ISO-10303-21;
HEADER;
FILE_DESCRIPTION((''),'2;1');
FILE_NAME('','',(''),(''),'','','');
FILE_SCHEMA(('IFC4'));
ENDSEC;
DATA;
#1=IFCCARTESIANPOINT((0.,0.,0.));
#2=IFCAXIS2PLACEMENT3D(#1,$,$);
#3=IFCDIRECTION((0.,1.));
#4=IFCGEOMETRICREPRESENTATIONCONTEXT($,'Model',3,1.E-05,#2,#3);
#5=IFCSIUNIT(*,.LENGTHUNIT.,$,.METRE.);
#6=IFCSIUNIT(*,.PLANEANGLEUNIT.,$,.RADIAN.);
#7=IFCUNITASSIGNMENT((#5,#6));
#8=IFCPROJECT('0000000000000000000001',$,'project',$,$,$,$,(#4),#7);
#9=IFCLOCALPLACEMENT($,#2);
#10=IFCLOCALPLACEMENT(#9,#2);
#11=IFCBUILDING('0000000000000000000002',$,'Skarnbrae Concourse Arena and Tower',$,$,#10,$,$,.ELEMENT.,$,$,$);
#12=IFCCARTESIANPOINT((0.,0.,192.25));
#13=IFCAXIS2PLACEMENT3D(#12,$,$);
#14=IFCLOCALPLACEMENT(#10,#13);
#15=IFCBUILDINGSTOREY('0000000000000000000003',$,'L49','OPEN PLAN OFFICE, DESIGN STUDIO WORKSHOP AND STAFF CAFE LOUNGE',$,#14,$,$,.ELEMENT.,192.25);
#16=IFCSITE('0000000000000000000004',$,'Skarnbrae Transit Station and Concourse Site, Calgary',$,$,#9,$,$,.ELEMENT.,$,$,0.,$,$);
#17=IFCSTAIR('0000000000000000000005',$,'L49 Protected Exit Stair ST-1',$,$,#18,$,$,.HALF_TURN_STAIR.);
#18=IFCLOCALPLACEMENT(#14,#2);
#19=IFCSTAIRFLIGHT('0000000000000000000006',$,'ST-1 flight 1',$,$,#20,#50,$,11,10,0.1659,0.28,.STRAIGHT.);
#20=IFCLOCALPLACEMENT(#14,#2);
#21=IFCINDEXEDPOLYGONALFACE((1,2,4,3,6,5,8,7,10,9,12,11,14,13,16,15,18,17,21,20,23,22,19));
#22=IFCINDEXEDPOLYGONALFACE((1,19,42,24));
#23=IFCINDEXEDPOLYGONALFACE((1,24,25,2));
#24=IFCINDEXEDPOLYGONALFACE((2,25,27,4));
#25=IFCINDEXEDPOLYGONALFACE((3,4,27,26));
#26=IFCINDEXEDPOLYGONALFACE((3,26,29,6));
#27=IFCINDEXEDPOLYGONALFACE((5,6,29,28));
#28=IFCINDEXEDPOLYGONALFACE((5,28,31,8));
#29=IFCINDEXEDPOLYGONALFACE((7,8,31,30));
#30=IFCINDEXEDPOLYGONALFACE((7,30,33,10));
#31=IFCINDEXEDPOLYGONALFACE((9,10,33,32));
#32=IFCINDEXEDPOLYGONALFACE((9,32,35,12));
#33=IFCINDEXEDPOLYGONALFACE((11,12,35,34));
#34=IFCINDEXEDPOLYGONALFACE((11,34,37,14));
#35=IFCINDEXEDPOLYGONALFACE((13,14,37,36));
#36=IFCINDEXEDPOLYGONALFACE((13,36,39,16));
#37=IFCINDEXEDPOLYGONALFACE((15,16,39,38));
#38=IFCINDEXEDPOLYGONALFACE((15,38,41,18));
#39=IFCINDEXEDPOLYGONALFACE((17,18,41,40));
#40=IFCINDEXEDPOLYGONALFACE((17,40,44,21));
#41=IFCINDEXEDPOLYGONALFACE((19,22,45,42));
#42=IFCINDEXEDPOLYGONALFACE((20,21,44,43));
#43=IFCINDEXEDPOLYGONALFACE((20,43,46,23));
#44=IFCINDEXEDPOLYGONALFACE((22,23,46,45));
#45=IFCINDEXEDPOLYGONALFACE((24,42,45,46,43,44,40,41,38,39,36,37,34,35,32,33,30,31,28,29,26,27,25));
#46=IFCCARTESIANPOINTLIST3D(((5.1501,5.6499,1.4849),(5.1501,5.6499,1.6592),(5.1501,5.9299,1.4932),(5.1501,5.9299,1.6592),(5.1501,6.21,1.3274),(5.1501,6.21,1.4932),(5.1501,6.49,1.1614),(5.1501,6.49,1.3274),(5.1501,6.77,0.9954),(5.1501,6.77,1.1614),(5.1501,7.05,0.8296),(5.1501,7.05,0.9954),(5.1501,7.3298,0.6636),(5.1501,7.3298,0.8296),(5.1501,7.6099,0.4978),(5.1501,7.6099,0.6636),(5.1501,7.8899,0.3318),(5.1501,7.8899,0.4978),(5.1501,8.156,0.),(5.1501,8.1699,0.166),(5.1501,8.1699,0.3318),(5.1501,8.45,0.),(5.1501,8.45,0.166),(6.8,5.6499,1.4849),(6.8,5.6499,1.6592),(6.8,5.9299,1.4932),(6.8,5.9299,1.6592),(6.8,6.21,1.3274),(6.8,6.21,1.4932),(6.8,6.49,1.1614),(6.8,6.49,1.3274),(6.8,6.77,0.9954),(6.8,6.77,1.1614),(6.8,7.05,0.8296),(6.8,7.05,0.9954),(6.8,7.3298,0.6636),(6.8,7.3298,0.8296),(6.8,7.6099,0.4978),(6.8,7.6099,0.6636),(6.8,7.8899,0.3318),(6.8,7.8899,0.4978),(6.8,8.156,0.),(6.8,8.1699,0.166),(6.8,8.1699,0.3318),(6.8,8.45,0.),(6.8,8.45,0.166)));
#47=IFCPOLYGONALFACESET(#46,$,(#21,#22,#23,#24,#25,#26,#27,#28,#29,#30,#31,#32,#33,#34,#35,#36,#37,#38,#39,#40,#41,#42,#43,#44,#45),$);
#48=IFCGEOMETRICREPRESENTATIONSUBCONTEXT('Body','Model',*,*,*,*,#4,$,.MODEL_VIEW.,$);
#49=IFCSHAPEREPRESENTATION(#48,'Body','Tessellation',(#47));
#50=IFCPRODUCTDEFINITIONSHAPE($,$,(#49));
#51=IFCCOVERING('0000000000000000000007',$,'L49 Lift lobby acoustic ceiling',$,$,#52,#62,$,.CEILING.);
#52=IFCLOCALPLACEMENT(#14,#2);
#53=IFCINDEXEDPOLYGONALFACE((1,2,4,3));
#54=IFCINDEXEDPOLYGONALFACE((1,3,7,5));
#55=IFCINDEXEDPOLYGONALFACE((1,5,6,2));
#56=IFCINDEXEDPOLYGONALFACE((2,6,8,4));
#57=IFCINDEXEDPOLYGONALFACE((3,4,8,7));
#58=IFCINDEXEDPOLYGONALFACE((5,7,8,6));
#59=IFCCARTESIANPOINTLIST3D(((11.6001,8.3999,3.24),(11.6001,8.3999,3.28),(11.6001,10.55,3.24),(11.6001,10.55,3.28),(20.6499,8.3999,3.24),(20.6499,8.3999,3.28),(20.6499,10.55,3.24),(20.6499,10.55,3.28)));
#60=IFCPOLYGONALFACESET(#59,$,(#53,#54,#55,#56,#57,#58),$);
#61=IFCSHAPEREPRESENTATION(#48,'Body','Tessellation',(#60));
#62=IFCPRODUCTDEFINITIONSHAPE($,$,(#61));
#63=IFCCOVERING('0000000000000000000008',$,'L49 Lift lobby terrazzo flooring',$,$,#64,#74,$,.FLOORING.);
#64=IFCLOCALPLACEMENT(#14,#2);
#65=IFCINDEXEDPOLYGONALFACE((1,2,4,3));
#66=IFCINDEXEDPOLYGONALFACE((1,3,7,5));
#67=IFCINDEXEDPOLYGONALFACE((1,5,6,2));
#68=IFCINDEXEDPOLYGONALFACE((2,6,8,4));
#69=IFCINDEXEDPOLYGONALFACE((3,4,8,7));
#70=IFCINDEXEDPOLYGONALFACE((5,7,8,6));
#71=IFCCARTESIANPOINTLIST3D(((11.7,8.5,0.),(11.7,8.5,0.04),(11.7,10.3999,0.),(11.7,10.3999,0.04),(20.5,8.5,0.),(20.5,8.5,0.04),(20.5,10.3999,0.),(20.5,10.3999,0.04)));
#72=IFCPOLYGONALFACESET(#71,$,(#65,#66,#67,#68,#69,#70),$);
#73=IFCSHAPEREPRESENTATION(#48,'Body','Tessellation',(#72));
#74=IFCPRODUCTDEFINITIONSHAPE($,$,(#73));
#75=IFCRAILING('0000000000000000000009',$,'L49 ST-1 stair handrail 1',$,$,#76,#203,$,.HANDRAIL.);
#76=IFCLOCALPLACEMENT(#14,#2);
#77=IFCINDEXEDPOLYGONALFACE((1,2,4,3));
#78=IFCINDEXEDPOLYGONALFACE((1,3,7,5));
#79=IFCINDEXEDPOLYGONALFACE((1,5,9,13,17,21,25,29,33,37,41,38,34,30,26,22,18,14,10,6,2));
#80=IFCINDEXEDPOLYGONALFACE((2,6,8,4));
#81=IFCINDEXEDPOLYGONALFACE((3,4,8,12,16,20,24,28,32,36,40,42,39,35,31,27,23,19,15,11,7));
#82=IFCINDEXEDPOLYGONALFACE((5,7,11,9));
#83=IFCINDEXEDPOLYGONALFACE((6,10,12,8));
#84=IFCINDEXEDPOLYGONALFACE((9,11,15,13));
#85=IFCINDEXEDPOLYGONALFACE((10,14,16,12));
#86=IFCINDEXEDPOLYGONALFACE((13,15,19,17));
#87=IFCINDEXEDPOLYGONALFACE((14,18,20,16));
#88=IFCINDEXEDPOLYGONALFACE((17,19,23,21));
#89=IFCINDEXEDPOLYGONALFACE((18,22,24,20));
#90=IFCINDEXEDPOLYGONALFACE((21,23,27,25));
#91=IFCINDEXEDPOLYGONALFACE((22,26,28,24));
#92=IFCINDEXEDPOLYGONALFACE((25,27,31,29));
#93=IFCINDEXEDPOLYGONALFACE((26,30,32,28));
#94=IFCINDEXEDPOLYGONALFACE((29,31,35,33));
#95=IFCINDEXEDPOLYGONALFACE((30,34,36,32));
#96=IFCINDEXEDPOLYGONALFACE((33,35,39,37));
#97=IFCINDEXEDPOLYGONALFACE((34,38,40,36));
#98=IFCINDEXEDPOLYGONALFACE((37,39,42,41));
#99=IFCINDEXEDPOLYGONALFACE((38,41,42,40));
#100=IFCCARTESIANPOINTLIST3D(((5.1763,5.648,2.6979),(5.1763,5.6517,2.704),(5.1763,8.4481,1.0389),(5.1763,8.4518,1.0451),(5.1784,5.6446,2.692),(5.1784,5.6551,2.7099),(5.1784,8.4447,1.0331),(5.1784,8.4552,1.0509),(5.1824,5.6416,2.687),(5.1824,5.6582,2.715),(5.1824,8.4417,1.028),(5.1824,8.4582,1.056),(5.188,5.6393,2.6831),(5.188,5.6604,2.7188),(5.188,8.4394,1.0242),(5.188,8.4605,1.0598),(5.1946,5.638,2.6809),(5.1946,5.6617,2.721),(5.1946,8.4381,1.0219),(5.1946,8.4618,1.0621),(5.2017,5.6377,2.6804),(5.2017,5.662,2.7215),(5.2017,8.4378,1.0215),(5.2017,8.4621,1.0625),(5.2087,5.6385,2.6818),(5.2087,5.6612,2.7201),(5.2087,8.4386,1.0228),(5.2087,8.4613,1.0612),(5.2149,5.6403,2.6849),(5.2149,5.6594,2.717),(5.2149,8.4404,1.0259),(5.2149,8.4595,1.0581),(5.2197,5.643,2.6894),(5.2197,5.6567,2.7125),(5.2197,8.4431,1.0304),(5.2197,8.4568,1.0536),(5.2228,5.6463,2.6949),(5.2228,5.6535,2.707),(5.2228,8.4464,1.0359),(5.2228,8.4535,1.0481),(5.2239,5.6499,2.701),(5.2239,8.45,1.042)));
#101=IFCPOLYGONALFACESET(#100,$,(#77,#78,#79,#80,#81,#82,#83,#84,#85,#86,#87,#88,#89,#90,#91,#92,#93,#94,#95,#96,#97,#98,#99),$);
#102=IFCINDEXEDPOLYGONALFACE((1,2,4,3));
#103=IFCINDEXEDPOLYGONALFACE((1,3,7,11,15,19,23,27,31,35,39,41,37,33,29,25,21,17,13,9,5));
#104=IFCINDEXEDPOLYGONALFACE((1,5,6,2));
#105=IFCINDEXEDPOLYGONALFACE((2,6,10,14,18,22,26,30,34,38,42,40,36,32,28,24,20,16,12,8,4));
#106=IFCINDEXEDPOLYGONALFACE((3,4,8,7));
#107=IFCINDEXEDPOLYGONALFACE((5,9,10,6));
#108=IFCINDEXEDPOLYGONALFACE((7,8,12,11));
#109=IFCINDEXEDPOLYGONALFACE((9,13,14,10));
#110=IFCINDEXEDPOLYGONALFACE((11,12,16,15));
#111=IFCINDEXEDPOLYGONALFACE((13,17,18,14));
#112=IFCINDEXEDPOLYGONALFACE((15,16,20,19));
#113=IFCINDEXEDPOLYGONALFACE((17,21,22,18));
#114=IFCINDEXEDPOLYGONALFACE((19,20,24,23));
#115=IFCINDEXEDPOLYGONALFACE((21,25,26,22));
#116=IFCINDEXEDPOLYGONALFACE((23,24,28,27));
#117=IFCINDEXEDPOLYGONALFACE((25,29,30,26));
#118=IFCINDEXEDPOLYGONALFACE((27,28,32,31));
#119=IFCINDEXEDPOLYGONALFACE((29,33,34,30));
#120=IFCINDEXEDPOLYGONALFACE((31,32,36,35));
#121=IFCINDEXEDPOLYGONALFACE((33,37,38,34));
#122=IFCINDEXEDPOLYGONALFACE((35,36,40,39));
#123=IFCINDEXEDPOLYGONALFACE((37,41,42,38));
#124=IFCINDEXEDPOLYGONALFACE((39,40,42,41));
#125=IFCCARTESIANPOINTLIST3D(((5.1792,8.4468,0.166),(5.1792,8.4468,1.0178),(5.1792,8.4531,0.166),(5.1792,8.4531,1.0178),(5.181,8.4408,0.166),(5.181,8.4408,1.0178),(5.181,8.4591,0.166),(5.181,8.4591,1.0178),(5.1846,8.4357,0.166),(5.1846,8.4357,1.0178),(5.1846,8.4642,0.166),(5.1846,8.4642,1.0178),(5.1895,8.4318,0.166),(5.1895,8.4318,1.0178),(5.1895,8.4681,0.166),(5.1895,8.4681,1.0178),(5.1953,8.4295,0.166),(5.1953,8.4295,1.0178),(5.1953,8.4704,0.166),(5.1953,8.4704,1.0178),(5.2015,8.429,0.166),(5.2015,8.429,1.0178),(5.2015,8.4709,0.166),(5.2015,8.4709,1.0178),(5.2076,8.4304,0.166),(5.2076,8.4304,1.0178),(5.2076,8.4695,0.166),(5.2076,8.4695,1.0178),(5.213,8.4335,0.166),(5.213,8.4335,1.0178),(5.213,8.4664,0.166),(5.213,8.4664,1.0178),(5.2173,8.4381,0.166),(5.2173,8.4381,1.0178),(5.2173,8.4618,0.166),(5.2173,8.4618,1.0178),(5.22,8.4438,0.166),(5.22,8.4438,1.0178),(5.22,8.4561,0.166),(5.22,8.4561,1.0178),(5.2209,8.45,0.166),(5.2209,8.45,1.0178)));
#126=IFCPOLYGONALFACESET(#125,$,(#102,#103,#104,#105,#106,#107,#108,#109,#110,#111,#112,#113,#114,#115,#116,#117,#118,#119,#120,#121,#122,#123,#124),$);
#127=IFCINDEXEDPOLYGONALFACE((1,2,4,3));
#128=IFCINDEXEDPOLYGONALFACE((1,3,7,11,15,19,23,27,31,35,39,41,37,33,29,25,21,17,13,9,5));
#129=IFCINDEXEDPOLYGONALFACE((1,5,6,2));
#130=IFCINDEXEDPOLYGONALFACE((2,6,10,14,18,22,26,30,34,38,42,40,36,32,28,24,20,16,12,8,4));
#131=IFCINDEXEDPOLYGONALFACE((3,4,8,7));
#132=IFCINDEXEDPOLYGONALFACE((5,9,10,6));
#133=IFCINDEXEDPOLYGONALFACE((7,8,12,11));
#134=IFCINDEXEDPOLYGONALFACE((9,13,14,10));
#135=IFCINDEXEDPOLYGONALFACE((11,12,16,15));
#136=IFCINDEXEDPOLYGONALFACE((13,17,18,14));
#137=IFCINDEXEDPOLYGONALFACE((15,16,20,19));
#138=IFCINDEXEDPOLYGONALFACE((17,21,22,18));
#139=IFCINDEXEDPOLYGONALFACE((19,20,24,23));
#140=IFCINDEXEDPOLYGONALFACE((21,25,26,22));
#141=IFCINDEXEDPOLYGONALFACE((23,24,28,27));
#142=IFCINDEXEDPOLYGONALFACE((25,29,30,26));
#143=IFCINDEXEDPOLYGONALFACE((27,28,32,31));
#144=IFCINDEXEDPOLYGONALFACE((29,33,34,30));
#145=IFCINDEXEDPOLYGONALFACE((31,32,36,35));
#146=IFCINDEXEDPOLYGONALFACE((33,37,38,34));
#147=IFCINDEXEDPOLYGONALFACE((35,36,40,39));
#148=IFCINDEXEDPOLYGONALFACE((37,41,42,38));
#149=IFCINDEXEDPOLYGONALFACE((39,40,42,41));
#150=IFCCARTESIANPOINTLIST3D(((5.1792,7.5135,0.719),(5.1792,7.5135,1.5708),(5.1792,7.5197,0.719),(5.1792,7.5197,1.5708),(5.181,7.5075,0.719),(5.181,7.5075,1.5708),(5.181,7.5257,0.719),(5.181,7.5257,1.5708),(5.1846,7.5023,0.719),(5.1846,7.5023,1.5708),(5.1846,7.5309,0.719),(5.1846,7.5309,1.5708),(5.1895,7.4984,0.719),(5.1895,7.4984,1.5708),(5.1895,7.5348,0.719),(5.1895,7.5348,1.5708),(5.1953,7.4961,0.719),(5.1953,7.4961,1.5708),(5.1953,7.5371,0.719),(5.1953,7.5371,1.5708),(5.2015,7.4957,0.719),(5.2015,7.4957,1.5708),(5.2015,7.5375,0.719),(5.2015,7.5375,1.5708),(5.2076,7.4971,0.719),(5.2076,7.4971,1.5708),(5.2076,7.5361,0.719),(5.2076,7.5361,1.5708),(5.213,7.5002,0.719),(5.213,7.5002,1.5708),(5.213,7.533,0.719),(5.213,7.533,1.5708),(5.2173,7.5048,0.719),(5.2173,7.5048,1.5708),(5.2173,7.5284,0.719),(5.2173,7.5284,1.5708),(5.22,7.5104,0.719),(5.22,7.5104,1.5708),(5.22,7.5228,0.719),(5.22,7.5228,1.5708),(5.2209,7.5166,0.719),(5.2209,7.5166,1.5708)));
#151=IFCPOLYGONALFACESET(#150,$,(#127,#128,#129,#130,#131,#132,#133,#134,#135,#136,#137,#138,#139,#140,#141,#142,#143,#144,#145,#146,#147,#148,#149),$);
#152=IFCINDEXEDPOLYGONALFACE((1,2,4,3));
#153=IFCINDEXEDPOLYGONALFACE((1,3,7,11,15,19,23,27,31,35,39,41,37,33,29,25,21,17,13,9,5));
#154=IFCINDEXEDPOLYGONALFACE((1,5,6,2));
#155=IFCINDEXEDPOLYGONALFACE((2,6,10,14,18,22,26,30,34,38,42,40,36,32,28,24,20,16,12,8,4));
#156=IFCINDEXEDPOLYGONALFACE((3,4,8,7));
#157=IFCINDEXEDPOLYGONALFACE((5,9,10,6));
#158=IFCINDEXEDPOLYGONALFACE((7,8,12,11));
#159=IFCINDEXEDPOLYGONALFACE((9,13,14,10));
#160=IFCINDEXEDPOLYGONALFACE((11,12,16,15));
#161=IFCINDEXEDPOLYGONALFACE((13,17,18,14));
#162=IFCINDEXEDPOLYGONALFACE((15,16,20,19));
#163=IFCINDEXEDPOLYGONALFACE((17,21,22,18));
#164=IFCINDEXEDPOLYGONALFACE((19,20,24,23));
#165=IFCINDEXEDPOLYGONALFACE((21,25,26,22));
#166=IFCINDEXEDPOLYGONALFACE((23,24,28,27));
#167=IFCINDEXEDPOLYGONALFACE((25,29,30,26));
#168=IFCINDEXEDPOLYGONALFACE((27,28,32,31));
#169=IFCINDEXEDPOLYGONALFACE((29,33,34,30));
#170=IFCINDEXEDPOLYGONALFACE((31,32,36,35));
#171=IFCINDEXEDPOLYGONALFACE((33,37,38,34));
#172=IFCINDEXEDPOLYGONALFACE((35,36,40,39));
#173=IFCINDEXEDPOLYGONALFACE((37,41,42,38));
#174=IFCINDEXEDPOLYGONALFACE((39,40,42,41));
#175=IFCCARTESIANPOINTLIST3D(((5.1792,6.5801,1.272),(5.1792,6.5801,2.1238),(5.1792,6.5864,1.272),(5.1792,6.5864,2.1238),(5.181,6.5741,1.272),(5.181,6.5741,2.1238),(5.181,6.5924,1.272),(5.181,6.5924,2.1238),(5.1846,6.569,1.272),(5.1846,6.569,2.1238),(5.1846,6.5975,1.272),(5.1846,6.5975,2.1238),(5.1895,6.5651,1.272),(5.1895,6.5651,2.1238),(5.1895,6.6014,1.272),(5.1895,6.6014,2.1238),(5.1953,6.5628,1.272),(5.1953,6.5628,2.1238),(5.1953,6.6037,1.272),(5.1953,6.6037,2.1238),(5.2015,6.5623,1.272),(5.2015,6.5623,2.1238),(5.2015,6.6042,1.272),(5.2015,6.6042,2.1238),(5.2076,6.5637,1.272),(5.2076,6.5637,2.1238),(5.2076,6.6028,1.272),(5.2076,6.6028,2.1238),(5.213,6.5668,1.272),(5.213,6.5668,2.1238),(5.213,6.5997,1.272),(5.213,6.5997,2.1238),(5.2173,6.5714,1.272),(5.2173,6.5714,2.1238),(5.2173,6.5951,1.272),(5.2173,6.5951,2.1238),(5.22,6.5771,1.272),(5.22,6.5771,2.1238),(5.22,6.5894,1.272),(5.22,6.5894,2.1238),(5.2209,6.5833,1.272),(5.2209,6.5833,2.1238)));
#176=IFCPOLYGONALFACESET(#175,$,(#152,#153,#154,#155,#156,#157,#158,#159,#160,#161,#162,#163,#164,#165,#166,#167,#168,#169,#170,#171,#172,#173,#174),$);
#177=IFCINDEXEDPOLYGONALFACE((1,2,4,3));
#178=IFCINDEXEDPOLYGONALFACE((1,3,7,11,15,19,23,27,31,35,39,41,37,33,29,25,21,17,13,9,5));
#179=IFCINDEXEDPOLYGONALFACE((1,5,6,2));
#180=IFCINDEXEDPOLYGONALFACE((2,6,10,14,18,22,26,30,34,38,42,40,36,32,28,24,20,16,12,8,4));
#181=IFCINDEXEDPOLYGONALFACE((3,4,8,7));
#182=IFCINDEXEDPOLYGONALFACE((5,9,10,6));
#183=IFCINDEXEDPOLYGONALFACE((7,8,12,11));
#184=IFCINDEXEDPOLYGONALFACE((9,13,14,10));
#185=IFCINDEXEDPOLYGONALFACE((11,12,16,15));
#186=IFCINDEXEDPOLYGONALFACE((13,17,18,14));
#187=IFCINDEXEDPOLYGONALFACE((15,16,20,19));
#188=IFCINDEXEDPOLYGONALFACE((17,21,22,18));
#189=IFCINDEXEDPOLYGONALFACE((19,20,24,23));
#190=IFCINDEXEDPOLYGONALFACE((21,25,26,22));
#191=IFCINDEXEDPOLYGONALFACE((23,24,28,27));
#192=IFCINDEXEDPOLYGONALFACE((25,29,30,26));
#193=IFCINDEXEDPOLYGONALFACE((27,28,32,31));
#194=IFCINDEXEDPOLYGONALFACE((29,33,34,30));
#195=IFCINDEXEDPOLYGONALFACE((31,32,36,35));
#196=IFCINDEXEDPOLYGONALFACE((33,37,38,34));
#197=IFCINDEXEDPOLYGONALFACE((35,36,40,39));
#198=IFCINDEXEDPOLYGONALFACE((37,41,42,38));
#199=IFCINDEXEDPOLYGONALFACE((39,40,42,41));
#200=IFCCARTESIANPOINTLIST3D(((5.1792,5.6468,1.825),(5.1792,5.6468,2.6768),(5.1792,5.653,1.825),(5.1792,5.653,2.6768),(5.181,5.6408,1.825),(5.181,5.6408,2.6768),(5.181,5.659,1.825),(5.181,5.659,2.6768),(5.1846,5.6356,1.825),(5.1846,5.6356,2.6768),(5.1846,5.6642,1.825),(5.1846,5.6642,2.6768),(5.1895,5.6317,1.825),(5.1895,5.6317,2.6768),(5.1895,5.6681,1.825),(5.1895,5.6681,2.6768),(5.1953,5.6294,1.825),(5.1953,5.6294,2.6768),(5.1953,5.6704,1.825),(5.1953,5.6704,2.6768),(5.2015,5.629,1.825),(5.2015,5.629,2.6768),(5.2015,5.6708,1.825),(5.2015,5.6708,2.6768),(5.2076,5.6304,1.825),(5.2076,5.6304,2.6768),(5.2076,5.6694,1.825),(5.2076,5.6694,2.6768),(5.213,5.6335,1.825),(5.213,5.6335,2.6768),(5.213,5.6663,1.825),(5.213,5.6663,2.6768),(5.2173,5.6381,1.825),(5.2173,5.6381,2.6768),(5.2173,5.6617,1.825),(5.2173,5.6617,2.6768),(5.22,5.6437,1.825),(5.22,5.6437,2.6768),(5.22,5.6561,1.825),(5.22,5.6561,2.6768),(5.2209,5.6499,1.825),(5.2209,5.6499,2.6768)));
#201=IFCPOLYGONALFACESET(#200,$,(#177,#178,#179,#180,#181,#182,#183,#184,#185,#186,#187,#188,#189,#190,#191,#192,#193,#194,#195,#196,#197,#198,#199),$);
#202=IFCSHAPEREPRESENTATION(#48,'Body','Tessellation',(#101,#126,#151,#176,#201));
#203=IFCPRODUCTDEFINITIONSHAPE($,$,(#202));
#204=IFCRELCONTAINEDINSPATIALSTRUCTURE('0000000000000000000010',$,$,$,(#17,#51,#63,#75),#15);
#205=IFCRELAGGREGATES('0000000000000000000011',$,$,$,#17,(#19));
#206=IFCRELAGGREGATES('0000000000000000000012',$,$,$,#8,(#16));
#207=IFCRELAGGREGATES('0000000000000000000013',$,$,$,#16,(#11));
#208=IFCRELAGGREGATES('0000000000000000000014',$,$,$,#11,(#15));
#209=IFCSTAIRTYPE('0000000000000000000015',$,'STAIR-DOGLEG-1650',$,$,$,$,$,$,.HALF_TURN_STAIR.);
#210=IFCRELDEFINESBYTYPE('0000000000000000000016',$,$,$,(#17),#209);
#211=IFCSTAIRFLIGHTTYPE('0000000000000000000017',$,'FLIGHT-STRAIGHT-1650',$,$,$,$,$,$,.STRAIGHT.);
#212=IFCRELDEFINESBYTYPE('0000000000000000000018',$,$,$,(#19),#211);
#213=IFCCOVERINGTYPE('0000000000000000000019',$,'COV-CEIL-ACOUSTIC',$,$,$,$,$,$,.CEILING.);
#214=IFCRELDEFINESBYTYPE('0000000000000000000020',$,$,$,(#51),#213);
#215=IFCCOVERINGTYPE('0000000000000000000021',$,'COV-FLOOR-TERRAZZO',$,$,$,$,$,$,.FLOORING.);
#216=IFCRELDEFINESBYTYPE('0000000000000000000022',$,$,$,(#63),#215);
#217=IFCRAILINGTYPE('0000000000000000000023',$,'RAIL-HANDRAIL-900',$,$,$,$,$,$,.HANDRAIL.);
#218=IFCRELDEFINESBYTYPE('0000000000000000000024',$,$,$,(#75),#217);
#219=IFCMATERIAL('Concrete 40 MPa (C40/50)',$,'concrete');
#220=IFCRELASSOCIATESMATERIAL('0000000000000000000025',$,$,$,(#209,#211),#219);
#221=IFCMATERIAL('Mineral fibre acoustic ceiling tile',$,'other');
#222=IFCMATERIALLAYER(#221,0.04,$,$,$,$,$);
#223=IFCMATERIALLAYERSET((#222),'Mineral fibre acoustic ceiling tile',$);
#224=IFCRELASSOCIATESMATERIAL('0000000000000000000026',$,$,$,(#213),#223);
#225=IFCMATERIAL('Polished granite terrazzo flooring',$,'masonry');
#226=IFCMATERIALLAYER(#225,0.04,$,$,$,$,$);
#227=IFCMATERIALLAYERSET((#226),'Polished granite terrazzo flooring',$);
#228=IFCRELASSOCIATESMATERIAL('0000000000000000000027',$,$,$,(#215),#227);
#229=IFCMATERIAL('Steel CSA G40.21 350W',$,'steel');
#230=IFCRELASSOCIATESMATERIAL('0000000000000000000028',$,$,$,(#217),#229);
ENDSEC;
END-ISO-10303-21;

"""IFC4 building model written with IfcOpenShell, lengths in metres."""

from ifc_helpers import new_model, si_unit, direction, frame, origin, origin_2d, place, context, subcontext, project, spatial, polyline, circle, outline, extrude, source, transform, mapped, material, layer, layer_set, type_object, element, aggregate, save


model = new_model("IFC4")

# Units and contexts
model_context = context("Model", 3, precision=1e-05, world=origin(), true_north=direction((0.0, 1.0)))
body_context = subcontext(model_context, "Body", "Model", "MODEL_VIEW")
ifc_project = project(units=[si_unit("LENGTHUNIT", "METRE"), si_unit("PLANEANGLEUNIT", "RADIAN")], contexts=[model_context])

# Site, building, storey
site_placement = place(None, origin())
site = spatial("IfcSite", under=ifc_project, at=site_placement, Name="Skarnbrae Transit Station and Concourse Site, Calgary", CompositionType="ELEMENT", RefElevation=0.0)
building_placement = place(site_placement, origin())
building = spatial("IfcBuilding", under=site, at=building_placement, Name="Skarnbrae Concourse Arena and Tower", CompositionType="ELEMENT")
storey_placement = place(building_placement, frame((0.0, 0.0, 192.25)))
storey = spatial("IfcBuildingStorey", under=building, at=storey_placement, Name="L49", Description="OPEN PLAN OFFICE, DESIGN STUDIO WORKSHOP AND STAFF CAFE LOUNGE", CompositionType="ELEMENT", Elevation=192.25)

# Shared definitions
ifc_material_1 = material(Name="Steel CSA G40.21 350W", Category="steel")

# Stair
ifc_material_2 = material(Name="Concrete 40 MPa (C40/50)", Category="concrete")
stair_type = type_object("IfcStairType", Name="STAIR-DOGLEG-1650", PredefinedType="HALF_TURN_STAIR", material=ifc_material_2)
stair_1_placement = place(storey_placement, origin())
stair_1 = element("IfcStair", 1, at=stair_1_placement, inside=storey, type_object=stair_type, Name="L49 Protected Exit Stair ST-1", PredefinedType="HALF_TURN_STAIR")

# Stair flight
stair_flight_type = type_object("IfcStairFlightType", Name="FLIGHT-STRAIGHT-1650", PredefinedType="STRAIGHT", material=ifc_material_2)
shared_shape_1 = source(origin(), body_context, "Body", "SweptSolid", [
    extrude(outline(polyline([(0.0, 0.0), (0.0, 0.166), (0.28, 0.166), (0.28, 0.3318), (0.5601, 0.3318), (0.5601, 0.4978), (0.8401, 0.4978), (0.8401, 0.6636), (1.1201, 0.6636), (1.1201, 0.8296), (1.3999, 0.8296), (1.3999, 0.9954), (1.6799, 0.9954), (1.6799, 1.1614), (1.96, 1.1614), (1.96, 1.3274), (2.24, 1.3274), (2.24, 1.4932), (2.52, 1.4932), (2.52, 1.6592), (2.8, 1.6592), (2.8, 1.825), (2.8, 1.4849), (0.2939, 0.0), (0.0, 0.0)])), frame((0.0, 0.825, 0.0), z_axis=(0.0, -1.0, 0.0), x_axis=(1.0, 0.0, 0.0)), (0.0, 0.0, 1.0), 1.6499),
])
stair_flight_placement = place(storey_placement, frame((5.9751, 8.45, 0.0), z_axis=(0.0, 0.0, 1.0), x_axis=(0.0, -1.0, 0.0)))
stair_flight = element("IfcStairFlight", 2, at=stair_flight_placement, type_object=stair_flight_type, Name="ST-1 flight 1", NumberOfRisers=11, NumberOfTreads=10, PredefinedType="STRAIGHT", RiserHeight=0.1659, TreadLength=0.28, context=body_context, shape_type="MappedRepresentation", body=[
    mapped(shared_shape_1, transform((0.0, 0.0, 0.0))),
])
aggregate(stair_1, [stair_flight])

# Coverings
ifc_material_3 = material(Name="Mineral fibre acoustic ceiling tile", Category="other")
ifc_layer_1 = layer(ifc_material_3, 0.04)
ifc_layer_set_1 = layer_set([ifc_layer_1], Name="Mineral fibre acoustic ceiling tile")
covering_type_1 = type_object("IfcCoveringType", Name="COV-CEIL-ACOUSTIC", PredefinedType="CEILING", material=ifc_layer_set_1)
covering_1_placement = place(storey_placement, frame((0.0, 0.0, 3.24)))
element("IfcCovering", 3, at=covering_1_placement, inside=storey, type_object=covering_type_1, Name="L49 Lift lobby acoustic ceiling", PredefinedType="CEILING", context=body_context, shape_type="SweptSolid", body=[
    extrude(outline(polyline([(11.6001, 8.3999), (20.6499, 8.3999), (20.6499, 10.55), (11.6001, 10.55), (11.6001, 8.3999)])), origin(), (0.0, 0.0, 1.0), 0.04),
])
ifc_material_4 = material(Name="Polished granite terrazzo flooring", Category="masonry")
ifc_layer_2 = layer(ifc_material_4, 0.04)
ifc_layer_set_2 = layer_set([ifc_layer_2], Name="Polished granite terrazzo flooring")
covering_type_2 = type_object("IfcCoveringType", Name="COV-FLOOR-TERRAZZO", PredefinedType="FLOORING", material=ifc_layer_set_2)
covering_2_placement = place(storey_placement, origin())
element("IfcCovering", 4, at=covering_2_placement, inside=storey, type_object=covering_type_2, Name="L49 Lift lobby terrazzo flooring", PredefinedType="FLOORING", context=body_context, shape_type="SweptSolid", body=[
    extrude(outline(polyline([(11.7, 8.5), (20.5, 8.5), (20.5, 10.3999), (11.7, 10.3999), (11.7, 8.5)])), origin(), (0.0, 0.0, 1.0), 0.04),
])

# Railing
railing_type = type_object("IfcRailingType", Name="RAIL-HANDRAIL-900", PredefinedType="HANDRAIL", material=ifc_material_1)
railing_placement = place(storey_placement, frame((5.2, 8.45, 0.166)))
element("IfcRailing", 5, at=railing_placement, inside=storey, type_object=railing_type, Name="L49 ST-1 stair handrail 1", PredefinedType="HANDRAIL", context=body_context, shape_type="SweptSolid", body=[
    extrude(circle(Radius=0.0239, at=origin_2d()), frame((0.0, 0.0, 0.876), z_axis=(0.0, -0.860339, 0.509722), x_axis=(1.0, 0.0, 0.0)), (0.0, 0.0, 1.0), 3.2546),
    extrude(circle(Radius=0.021, at=origin_2d()), origin(), (0.0, 0.0, 1.0), 0.8518),
    extrude(circle(Radius=0.021, at=origin_2d()), frame((0.0, -0.9333, 0.553)), (0.0, 0.0, 1.0), 0.8518),
    extrude(circle(Radius=0.021, at=origin_2d()), frame((0.0, -1.8667, 1.106)), (0.0, 0.0, 1.0), 0.8518),
    extrude(circle(Radius=0.021, at=origin_2d()), frame((0.0, -2.8, 1.6589)), (0.0, 0.0, 1.0), 0.8518),
])

save(model, "model.ifc")
